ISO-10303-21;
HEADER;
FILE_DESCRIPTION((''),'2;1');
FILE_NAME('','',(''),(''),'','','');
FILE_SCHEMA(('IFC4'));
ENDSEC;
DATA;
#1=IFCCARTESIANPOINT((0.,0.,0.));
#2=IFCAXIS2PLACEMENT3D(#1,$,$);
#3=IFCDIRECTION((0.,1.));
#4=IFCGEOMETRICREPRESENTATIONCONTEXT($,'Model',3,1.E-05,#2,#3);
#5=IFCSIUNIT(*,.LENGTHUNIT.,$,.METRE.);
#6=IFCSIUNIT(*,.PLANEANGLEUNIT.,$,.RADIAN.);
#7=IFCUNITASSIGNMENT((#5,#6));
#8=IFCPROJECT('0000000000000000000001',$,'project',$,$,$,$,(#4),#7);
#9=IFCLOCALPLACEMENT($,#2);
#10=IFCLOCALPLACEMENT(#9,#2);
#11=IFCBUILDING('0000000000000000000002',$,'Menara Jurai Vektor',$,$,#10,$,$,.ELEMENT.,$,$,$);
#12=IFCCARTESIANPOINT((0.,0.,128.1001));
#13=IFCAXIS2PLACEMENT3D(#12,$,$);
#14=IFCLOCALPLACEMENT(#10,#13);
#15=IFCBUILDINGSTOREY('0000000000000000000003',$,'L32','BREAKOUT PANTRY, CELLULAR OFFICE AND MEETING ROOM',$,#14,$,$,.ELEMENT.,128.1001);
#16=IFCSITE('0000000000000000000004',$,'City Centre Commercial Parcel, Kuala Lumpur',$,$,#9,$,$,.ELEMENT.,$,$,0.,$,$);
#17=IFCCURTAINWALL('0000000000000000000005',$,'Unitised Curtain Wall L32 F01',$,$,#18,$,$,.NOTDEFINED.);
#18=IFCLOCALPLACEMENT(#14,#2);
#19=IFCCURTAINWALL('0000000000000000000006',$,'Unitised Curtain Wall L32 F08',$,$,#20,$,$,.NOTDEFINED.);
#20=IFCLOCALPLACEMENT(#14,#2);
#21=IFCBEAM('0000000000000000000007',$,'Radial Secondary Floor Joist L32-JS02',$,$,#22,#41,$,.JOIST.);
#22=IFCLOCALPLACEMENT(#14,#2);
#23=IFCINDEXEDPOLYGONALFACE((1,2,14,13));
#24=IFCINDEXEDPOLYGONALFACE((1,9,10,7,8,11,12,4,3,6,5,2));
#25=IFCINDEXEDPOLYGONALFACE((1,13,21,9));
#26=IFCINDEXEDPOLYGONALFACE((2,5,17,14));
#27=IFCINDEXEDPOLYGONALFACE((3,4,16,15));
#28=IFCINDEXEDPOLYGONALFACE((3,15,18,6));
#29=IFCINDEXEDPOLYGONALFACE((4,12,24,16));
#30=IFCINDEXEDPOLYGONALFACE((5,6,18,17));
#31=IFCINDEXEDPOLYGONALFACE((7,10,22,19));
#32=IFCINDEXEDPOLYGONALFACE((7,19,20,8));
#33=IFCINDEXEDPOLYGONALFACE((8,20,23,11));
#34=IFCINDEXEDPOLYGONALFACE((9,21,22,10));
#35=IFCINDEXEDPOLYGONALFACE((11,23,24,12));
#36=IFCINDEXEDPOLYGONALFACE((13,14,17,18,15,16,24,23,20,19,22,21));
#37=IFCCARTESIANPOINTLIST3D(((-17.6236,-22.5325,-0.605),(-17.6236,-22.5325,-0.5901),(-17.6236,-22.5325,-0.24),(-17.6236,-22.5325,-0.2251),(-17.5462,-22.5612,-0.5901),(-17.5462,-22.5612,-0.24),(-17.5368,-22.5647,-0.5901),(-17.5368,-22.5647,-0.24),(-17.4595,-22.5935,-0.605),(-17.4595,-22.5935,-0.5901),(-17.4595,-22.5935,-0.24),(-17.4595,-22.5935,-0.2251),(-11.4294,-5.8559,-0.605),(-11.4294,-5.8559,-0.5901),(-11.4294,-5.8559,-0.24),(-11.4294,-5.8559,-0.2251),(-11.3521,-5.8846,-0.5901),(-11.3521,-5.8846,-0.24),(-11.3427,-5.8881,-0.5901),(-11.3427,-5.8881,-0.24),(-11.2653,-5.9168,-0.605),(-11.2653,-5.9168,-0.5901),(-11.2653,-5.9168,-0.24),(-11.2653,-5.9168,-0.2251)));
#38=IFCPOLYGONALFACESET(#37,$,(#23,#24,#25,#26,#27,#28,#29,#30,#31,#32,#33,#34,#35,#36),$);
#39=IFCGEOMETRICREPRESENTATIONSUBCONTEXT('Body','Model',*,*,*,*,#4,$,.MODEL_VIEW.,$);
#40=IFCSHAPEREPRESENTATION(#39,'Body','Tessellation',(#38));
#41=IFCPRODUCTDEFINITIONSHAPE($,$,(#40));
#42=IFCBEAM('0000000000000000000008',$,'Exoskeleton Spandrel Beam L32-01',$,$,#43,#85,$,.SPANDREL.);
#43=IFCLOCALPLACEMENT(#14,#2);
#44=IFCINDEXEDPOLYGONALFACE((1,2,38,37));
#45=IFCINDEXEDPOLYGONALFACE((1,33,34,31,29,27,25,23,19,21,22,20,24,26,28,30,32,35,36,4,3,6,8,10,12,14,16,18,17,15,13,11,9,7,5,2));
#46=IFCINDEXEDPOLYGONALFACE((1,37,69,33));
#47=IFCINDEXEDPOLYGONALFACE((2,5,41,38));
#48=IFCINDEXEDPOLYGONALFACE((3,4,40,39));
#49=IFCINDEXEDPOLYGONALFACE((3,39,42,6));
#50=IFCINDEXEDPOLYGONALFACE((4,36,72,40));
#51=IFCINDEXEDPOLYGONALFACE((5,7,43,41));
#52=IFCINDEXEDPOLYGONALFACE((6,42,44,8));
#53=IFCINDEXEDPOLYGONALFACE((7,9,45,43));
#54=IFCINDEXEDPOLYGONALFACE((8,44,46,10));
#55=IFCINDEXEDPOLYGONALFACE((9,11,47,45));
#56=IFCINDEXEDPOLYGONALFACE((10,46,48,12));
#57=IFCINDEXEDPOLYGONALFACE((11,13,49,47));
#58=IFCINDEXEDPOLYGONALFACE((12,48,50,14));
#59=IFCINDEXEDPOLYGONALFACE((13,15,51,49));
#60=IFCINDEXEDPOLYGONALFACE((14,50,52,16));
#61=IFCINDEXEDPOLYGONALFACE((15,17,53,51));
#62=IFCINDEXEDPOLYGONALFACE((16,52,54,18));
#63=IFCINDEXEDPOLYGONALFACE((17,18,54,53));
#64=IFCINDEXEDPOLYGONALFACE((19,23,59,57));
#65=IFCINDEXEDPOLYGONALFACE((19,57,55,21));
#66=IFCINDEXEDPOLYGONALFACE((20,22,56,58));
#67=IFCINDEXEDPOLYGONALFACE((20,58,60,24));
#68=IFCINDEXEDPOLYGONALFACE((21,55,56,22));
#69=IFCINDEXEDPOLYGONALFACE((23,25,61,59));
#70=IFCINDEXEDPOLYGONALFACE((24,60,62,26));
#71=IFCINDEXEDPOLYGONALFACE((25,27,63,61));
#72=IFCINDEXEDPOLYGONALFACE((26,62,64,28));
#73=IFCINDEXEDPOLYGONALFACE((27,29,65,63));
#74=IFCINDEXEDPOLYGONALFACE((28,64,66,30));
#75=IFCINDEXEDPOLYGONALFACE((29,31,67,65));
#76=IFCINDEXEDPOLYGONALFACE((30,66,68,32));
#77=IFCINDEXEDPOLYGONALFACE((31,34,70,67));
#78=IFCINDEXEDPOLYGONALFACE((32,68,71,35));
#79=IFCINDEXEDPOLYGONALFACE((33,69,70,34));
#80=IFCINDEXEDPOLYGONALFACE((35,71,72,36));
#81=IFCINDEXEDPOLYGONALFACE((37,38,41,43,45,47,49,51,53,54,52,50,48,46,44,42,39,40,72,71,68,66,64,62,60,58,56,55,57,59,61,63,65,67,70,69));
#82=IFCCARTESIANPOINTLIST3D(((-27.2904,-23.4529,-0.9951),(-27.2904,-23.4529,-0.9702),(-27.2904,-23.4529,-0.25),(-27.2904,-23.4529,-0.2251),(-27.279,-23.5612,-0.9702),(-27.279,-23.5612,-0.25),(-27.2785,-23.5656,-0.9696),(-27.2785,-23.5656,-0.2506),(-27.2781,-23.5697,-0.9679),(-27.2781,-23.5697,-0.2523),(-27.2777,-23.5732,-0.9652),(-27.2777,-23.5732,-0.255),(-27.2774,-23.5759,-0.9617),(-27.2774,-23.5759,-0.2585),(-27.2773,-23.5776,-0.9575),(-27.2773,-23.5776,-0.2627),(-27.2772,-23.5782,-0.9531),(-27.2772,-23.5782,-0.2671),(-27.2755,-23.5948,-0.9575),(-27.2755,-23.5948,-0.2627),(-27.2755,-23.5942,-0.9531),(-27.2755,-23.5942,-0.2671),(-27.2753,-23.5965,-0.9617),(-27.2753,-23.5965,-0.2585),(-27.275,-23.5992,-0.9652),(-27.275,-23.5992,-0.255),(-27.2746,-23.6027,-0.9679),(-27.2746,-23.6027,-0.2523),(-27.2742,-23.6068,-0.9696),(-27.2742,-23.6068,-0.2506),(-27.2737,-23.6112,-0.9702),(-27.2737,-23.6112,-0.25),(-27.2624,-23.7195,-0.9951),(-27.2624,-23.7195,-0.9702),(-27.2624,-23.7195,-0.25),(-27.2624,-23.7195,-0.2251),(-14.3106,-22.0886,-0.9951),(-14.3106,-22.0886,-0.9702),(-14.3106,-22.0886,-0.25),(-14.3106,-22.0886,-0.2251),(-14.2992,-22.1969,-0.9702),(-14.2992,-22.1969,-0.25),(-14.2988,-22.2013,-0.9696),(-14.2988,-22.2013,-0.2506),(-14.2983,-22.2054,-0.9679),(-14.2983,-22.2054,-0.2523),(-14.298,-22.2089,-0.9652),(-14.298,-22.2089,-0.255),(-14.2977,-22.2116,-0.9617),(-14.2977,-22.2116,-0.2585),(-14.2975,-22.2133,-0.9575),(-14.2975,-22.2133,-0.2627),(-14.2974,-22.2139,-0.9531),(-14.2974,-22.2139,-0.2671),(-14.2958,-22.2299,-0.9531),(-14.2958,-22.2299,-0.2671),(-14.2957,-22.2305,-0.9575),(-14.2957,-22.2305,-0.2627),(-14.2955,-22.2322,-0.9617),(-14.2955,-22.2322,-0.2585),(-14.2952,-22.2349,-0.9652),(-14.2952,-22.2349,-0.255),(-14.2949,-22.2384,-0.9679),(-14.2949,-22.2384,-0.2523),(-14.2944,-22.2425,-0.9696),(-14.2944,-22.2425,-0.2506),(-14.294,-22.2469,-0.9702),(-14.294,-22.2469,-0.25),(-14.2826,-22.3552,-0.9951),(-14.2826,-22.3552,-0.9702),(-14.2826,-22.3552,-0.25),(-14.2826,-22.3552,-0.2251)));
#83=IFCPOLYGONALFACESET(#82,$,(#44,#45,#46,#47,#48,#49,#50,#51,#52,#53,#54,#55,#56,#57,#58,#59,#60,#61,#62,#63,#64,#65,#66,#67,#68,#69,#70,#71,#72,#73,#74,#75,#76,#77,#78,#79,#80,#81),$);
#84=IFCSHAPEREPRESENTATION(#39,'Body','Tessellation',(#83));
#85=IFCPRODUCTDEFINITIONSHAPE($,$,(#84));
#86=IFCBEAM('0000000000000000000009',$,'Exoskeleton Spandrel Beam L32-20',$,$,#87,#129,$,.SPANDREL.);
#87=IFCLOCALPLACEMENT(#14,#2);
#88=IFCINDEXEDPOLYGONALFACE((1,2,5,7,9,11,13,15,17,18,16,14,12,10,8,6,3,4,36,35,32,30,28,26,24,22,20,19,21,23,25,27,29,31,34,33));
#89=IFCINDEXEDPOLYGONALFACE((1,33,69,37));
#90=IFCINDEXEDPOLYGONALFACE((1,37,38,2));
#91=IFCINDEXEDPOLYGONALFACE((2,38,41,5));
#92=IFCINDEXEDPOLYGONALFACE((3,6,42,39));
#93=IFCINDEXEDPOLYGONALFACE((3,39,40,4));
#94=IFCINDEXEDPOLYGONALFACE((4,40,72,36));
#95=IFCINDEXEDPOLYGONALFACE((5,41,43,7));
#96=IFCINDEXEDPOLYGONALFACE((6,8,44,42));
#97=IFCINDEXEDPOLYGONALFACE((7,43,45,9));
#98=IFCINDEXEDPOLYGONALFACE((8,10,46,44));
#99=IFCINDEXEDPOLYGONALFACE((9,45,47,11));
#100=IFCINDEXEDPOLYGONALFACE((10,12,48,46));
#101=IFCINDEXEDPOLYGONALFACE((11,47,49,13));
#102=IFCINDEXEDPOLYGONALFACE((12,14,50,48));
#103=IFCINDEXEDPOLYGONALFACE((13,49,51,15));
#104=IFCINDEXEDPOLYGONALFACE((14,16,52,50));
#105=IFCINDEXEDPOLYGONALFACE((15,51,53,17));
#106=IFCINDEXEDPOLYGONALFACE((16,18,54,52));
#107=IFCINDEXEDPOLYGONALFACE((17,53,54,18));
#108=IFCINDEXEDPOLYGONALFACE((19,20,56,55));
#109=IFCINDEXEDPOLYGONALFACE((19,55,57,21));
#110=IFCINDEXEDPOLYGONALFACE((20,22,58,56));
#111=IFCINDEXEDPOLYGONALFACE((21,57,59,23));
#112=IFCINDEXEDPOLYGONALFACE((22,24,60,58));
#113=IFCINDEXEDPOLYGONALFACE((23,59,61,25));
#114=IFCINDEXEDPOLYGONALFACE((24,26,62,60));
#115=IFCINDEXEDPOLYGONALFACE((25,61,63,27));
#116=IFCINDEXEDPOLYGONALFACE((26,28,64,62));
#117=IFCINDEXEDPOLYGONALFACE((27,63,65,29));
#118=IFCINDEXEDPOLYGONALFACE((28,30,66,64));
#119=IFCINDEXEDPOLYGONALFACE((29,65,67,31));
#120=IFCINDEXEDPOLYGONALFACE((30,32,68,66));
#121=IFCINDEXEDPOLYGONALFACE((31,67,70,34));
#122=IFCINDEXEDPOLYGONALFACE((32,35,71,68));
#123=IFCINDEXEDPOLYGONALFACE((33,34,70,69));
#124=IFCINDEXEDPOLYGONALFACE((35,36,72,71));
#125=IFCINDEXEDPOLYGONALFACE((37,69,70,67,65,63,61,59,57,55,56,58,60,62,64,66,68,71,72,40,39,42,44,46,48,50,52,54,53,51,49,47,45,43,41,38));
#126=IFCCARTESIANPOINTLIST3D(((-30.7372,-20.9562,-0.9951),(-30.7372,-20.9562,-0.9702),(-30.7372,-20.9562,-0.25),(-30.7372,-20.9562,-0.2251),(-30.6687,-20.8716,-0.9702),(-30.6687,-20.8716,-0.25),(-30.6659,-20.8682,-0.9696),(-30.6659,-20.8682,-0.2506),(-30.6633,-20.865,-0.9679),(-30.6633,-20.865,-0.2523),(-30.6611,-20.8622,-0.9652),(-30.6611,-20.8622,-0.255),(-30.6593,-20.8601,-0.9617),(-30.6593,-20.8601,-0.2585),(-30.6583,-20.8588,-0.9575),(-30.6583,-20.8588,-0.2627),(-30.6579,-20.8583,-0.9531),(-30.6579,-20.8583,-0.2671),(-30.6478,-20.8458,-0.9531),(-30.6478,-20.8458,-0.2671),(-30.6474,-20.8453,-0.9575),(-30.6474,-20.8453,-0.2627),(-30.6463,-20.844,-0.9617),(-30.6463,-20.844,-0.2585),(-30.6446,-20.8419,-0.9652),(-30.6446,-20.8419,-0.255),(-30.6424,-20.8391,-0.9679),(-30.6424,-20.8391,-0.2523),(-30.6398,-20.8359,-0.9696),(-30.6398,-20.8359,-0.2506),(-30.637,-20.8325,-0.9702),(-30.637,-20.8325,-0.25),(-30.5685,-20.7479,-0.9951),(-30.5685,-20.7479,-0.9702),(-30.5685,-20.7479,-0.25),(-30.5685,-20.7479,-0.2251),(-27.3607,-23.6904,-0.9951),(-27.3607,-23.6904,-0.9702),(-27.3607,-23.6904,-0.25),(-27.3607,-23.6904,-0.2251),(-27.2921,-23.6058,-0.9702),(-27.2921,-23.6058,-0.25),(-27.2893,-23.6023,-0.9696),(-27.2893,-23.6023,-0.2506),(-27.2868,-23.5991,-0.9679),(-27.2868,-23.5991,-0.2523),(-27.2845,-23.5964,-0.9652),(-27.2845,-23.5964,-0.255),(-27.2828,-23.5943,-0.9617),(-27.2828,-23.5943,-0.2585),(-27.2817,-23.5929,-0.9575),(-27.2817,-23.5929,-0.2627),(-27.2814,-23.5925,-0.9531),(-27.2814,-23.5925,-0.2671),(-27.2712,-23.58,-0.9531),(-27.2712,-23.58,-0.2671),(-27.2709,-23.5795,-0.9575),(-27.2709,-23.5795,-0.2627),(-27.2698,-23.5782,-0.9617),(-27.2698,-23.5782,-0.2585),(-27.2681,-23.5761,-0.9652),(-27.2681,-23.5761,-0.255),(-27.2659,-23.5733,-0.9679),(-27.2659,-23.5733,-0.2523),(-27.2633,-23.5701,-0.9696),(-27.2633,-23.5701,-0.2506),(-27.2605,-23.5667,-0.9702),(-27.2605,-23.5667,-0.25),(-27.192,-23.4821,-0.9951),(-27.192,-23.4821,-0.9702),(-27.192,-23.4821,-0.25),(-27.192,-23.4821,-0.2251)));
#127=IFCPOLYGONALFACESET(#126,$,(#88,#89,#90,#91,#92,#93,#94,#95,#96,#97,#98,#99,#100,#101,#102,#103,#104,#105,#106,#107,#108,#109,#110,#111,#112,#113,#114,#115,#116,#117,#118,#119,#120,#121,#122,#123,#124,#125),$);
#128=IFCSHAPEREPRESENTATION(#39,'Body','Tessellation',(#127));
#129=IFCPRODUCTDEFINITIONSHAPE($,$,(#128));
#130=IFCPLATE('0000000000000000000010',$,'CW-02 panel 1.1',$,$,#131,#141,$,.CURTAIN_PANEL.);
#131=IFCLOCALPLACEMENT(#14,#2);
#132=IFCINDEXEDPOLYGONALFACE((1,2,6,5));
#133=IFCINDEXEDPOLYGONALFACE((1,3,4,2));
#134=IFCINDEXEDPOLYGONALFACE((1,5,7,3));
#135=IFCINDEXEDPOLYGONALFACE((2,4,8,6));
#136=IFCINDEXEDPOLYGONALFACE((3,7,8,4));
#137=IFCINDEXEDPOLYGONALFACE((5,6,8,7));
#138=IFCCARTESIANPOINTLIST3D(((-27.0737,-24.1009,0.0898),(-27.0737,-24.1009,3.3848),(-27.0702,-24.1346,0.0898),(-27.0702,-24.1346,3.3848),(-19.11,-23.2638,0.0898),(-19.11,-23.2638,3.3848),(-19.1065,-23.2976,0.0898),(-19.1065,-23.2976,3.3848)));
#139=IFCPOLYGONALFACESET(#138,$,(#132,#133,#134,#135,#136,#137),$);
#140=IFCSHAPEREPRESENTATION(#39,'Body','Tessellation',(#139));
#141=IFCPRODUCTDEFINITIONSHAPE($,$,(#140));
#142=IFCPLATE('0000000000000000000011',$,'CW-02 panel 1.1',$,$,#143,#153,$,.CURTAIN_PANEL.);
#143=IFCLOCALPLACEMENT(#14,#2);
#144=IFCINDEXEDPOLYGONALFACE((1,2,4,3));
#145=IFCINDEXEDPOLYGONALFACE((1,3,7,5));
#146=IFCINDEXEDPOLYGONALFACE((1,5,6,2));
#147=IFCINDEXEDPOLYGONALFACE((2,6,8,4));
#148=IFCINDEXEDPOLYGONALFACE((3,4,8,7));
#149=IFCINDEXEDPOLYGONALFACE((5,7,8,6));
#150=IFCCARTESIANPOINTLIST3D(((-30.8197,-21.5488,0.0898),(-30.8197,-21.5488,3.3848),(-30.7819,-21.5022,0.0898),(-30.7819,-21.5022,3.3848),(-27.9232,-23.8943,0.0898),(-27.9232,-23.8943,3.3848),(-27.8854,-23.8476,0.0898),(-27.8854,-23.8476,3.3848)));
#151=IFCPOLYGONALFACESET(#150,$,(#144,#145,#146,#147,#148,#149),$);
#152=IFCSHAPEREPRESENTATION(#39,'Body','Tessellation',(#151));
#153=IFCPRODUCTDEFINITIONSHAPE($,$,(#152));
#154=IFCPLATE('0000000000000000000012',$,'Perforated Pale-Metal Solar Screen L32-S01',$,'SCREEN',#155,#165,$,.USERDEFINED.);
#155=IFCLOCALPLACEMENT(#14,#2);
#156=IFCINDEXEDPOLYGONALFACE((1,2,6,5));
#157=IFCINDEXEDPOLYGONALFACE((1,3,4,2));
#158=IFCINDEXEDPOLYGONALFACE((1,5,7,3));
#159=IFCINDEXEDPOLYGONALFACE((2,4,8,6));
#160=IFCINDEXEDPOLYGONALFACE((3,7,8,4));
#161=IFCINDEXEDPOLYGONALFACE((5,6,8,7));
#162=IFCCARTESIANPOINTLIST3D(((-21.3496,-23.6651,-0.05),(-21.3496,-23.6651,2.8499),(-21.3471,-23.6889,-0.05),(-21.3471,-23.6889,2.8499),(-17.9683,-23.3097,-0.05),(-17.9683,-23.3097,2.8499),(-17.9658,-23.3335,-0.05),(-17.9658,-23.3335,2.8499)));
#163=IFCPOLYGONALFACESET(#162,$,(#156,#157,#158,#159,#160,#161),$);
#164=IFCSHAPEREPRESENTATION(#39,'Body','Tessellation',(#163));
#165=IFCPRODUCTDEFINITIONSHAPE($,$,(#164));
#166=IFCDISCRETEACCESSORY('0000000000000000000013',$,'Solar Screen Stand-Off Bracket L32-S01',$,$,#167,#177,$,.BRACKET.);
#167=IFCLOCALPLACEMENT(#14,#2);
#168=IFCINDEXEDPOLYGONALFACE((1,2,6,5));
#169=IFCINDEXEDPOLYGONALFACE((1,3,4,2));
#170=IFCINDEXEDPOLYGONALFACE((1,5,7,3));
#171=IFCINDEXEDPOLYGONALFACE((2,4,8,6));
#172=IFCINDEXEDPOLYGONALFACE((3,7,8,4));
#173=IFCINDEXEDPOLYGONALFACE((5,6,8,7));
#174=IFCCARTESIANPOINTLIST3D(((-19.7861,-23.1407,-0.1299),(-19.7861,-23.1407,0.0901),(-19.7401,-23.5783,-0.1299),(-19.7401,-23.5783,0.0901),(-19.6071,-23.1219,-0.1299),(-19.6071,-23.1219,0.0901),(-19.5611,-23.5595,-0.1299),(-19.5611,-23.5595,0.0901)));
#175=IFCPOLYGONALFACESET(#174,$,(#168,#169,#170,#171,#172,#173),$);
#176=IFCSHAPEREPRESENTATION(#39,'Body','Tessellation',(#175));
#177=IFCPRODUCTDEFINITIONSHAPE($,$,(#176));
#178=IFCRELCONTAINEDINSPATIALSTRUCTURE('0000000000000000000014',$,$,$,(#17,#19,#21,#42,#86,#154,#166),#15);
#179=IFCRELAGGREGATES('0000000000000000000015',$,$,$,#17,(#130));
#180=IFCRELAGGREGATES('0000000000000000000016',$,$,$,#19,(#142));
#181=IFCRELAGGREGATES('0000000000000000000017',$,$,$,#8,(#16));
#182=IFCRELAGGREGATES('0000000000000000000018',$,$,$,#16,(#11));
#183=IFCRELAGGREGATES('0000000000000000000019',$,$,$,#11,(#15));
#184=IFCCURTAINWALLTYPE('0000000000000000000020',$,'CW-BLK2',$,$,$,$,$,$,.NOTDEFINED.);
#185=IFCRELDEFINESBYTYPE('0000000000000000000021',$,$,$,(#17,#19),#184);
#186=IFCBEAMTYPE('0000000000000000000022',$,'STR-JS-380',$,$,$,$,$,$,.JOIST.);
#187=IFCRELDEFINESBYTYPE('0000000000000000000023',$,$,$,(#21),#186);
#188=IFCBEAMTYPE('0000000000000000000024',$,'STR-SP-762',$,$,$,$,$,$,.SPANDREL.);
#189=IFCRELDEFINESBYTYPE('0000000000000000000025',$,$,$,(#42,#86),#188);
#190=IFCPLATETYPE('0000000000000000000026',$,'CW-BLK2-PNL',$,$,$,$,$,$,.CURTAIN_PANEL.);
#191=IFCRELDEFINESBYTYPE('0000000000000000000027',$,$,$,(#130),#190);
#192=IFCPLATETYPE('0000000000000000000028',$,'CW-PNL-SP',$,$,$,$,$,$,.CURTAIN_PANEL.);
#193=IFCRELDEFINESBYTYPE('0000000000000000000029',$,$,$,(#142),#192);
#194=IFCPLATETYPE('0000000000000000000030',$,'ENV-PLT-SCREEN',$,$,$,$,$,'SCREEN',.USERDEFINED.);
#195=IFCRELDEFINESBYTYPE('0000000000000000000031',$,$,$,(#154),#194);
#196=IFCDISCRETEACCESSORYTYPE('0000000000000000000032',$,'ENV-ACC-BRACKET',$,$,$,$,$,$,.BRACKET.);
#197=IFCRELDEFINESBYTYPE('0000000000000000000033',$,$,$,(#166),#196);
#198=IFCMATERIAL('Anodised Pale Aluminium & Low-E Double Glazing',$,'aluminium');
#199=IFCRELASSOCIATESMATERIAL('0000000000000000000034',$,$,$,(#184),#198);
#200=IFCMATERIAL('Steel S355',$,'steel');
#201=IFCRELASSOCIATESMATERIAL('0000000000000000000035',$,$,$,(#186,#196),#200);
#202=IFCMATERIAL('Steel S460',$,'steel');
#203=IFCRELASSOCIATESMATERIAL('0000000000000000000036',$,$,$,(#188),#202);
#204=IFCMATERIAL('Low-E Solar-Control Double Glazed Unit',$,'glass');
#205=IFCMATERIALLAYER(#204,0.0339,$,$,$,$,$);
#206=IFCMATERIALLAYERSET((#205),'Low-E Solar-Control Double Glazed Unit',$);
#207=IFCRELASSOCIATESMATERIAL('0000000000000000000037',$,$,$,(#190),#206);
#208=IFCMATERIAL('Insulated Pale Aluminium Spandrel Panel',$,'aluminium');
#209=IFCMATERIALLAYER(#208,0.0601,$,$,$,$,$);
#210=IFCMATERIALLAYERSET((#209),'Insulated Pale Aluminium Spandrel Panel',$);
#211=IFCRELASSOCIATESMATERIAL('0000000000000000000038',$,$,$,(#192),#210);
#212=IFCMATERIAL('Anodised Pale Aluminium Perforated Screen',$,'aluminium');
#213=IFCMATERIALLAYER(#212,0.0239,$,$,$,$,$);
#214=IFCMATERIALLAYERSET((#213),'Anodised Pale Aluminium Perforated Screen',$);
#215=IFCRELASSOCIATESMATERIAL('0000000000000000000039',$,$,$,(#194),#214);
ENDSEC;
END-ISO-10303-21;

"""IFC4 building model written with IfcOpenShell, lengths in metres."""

from ifc_helpers import new_model, si_unit, direction, frame, origin, origin_2d, place, context, subcontext, project, spatial, rectangle, i_section, extrude, material, layer, layer_set, material_profile, profile_set, type_object, element, aggregate, save


model = new_model("IFC4")

# Units and contexts
model_context = context("Model", 3, precision=1e-05, world=origin(), true_north=direction((0.0, 1.0)))
body_context = subcontext(model_context, "Body", "Model", "MODEL_VIEW")
ifc_project = project(units=[si_unit("LENGTHUNIT", "METRE"), si_unit("PLANEANGLEUNIT", "RADIAN")], contexts=[model_context])

# Site, building, storey
site_placement = place(None, origin())
site = spatial("IfcSite", under=ifc_project, at=site_placement, Name="City Centre Commercial Parcel, Kuala Lumpur", CompositionType="ELEMENT", RefElevation=0.0)
building_placement = place(site_placement, origin())
building = spatial("IfcBuilding", under=site, at=building_placement, Name="Menara Jurai Vektor", CompositionType="ELEMENT")
storey_placement = place(building_placement, frame((0.0, 0.0, 128.1001)))
storey = spatial("IfcBuildingStorey", under=building, at=storey_placement, Name="L32", Description="BREAKOUT PANTRY, CELLULAR OFFICE AND MEETING ROOM", CompositionType="ELEMENT", Elevation=128.1001)

# Shared definitions
ifc_material_1 = material(Name="Steel S460", Category="steel")

# Curtain wall
ifc_material_2 = material(Name="Anodised Pale Aluminium & Low-E Double Glazing", Category="aluminium")
curtain_wall_type = type_object("IfcCurtainWallType", Name="CW-BLK2", PredefinedType="NOTDEFINED", material=ifc_material_2)
curtain_wall_1_placement = place(storey_placement, origin())
curtain_wall_1 = element("IfcCurtainWall", 1, at=curtain_wall_1_placement, inside=storey, type_object=curtain_wall_type, Name="Unitised Curtain Wall L32 F01", PredefinedType="NOTDEFINED")

# Curtain wall
curtain_wall_2_placement = place(storey_placement, origin())
curtain_wall_2 = element("IfcCurtainWall", 2, at=curtain_wall_2_placement, inside=storey, type_object=curtain_wall_type, Name="Unitised Curtain Wall L32 F08", PredefinedType="NOTDEFINED")

# Shared definitions
ifc_material_3 = material(Name="Steel S355", Category="steel")

# Beams
ifc_material_profile_1 = material_profile(ifc_material_3, i_section(OverallWidth=0.175, OverallDepth=0.3799, WebThickness=0.01, FlangeThickness=0.0149, at=origin_2d()), Name="PG 380x175x58")
ifc_profile_set_1 = profile_set([ifc_material_profile_1], Name="Steel S355")
beam_type_1 = type_object("IfcBeamType", Name="STR-JS-380", PredefinedType="JOIST", material=ifc_profile_set_1)
beam_1_placement = place(storey_placement, frame((-17.5415, -22.563, -0.415), z_axis=(0.348184, 0.937426, 0.0), x_axis=(-0.937426, 0.348184, 0.0)))
element("IfcBeam", 3, at=beam_1_placement, inside=storey, type_object=beam_type_1, Name="Radial Secondary Floor Joist L32-JS02", PredefinedType="JOIST", context=body_context, shape_type="SweptSolid", body=[
    extrude(i_section(OverallWidth=0.175, OverallDepth=0.3799, WebThickness=0.01, FlangeThickness=0.0149, at=origin_2d()), origin(), (0.0, 0.0, 1.0), 17.7898),
])
ifc_material_profile_2 = material_profile(ifc_material_1, i_section(OverallWidth=0.2681, OverallDepth=0.77, WebThickness=0.0161, FlangeThickness=0.0249, FilletRadius=0.0171, at=origin_2d()), Name="UKB 762x267x197")
ifc_profile_set_2 = profile_set([ifc_material_profile_2], Name="Steel S460")
beam_type_2 = type_object("IfcBeamType", Name="STR-SP-762", PredefinedType="SPANDREL", material=ifc_profile_set_2)
beam_2_placement = place(storey_placement, frame((-27.2764, -23.5862, -0.6101), z_axis=(0.994522, 0.104531, 0.0), x_axis=(-0.104531, 0.994522, 0.0)))
element("IfcBeam", 4, at=beam_2_placement, inside=storey, type_object=beam_type_2, Name="Exoskeleton Spandrel Beam L32-01", PredefinedType="SPANDREL", context=body_context, shape_type="SweptSolid", body=[
    extrude(i_section(OverallWidth=0.2681, OverallDepth=0.77, WebThickness=0.0161, FlangeThickness=0.0249, FilletRadius=0.0171, at=origin_2d()), origin(), (0.0, 0.0, 1.0), 13.0513),
])
beam_3_placement = place(storey_placement, frame((-30.6528, -20.8521, -0.6101), z_axis=(0.777155, -0.62931, 0.0), x_axis=(0.62931, 0.777155, 0.0)))
element("IfcBeam", 5, at=beam_3_placement, inside=storey, type_object=beam_type_2, Name="Exoskeleton Spandrel Beam L32-20", PredefinedType="SPANDREL", context=body_context, shape_type="SweptSolid", body=[
    extrude(i_section(OverallWidth=0.2681, OverallDepth=0.77, WebThickness=0.0161, FlangeThickness=0.0249, FilletRadius=0.0171, at=origin_2d()), origin(), (0.0, 0.0, 1.0), 4.3447),
])

# Plates
ifc_material_4 = material(Name="Low-E Solar-Control Double Glazed Unit", Category="glass")
ifc_layer_1 = layer(ifc_material_4, 0.0339)
ifc_layer_set_1 = layer_set([ifc_layer_1], Name="Low-E Solar-Control Double Glazed Unit")
plate_type_1 = type_object("IfcPlateType", Name="CW-BLK2-PNL", PredefinedType="CURTAIN_PANEL", material=ifc_layer_set_1)
plate_1_placement = place(storey_placement, frame((-23.0901, -23.6992, 0.0898), z_axis=(0.0, 0.0, 1.0), x_axis=(0.994522, 0.104529, 0.0)))
plate_1 = element("IfcPlate", 6, at=plate_1_placement, type_object=plate_type_1, Name="CW-02 panel 1.1", PredefinedType="CURTAIN_PANEL", context=body_context, shape_type="SweptSolid", body=[
    extrude(rectangle(XDim=8.0076, YDim=0.0339, at=origin_2d()), origin(), (0.0, 0.0, 1.0), 3.2949),
])
aggregate(curtain_wall_1, [plate_1])
ifc_material_5 = material(Name="Insulated Pale Aluminium Spandrel Panel", Category="aluminium")
ifc_layer_2 = layer(ifc_material_5, 0.0601)
ifc_layer_set_2 = layer_set([ifc_layer_2], Name="Insulated Pale Aluminium Spandrel Panel")
plate_type_2 = type_object("IfcPlateType", Name="CW-PNL-SP", PredefinedType="CURTAIN_PANEL", material=ifc_layer_set_2)
plate_2_placement = place(storey_placement, frame((-29.3525, -22.6982, 0.0898), z_axis=(0.0, 0.0, 1.0), x_axis=(0.777152, -0.629313, 0.0)))
plate_2 = element("IfcPlate", 7, at=plate_2_placement, type_object=plate_type_2, Name="CW-02 panel 1.1", PredefinedType="CURTAIN_PANEL", context=body_context, shape_type="SweptSolid", body=[
    extrude(rectangle(XDim=3.7271, YDim=0.0601, at=origin_2d()), origin(), (0.0, 0.0, 1.0), 3.2949),
])
aggregate(curtain_wall_2, [plate_2])
ifc_material_6 = material(Name="Anodised Pale Aluminium Perforated Screen", Category="aluminium")
ifc_layer_3 = layer(ifc_material_6, 0.0239)
ifc_layer_set_3 = layer_set([ifc_layer_3], Name="Anodised Pale Aluminium Perforated Screen")
plate_type_3 = type_object("IfcPlateType", Name="ENV-PLT-SCREEN", ElementType="SCREEN", PredefinedType="USERDEFINED", material=ifc_layer_set_3)
plate_3_placement = place(storey_placement, frame((-19.6577, -23.4993, -0.05), z_axis=(0.0, 0.0, 1.0), x_axis=(0.994522, 0.104528, 0.0)))
element("IfcPlate", 8, at=plate_3_placement, inside=storey, type_object=plate_type_3, Name="Perforated Pale-Metal Solar Screen L32-S01", ObjectType="SCREEN", PredefinedType="USERDEFINED", context=body_context, shape_type="SweptSolid", body=[
    extrude(rectangle(XDim=3.3999, YDim=0.0239, at=origin_2d()), origin(), (0.0, 0.0, 1.0), 2.8999),
])

# Discrete accessory
discrete_accessory_type = type_object("IfcDiscreteAccessoryType", Name="ENV-ACC-BRACKET", PredefinedType="BRACKET", material=ifc_material_3)
discrete_accessory_placement = place(storey_placement, frame((-19.6736, -23.3501, -0.1299), z_axis=(0.0, 0.0, 1.0), x_axis=(0.994522, 0.104528, 0.0)))
element("IfcDiscreteAccessory", 9, at=discrete_accessory_placement, inside=storey, type_object=discrete_accessory_type, Name="Solar Screen Stand-Off Bracket L32-S01", PredefinedType="BRACKET", context=body_context, shape_type="SweptSolid", body=[
    extrude(rectangle(XDim=0.1799, YDim=0.4399, at=origin_2d()), origin(), (0.0, 0.0, 1.0), 0.22),
])

save(model, "model.ifc")
